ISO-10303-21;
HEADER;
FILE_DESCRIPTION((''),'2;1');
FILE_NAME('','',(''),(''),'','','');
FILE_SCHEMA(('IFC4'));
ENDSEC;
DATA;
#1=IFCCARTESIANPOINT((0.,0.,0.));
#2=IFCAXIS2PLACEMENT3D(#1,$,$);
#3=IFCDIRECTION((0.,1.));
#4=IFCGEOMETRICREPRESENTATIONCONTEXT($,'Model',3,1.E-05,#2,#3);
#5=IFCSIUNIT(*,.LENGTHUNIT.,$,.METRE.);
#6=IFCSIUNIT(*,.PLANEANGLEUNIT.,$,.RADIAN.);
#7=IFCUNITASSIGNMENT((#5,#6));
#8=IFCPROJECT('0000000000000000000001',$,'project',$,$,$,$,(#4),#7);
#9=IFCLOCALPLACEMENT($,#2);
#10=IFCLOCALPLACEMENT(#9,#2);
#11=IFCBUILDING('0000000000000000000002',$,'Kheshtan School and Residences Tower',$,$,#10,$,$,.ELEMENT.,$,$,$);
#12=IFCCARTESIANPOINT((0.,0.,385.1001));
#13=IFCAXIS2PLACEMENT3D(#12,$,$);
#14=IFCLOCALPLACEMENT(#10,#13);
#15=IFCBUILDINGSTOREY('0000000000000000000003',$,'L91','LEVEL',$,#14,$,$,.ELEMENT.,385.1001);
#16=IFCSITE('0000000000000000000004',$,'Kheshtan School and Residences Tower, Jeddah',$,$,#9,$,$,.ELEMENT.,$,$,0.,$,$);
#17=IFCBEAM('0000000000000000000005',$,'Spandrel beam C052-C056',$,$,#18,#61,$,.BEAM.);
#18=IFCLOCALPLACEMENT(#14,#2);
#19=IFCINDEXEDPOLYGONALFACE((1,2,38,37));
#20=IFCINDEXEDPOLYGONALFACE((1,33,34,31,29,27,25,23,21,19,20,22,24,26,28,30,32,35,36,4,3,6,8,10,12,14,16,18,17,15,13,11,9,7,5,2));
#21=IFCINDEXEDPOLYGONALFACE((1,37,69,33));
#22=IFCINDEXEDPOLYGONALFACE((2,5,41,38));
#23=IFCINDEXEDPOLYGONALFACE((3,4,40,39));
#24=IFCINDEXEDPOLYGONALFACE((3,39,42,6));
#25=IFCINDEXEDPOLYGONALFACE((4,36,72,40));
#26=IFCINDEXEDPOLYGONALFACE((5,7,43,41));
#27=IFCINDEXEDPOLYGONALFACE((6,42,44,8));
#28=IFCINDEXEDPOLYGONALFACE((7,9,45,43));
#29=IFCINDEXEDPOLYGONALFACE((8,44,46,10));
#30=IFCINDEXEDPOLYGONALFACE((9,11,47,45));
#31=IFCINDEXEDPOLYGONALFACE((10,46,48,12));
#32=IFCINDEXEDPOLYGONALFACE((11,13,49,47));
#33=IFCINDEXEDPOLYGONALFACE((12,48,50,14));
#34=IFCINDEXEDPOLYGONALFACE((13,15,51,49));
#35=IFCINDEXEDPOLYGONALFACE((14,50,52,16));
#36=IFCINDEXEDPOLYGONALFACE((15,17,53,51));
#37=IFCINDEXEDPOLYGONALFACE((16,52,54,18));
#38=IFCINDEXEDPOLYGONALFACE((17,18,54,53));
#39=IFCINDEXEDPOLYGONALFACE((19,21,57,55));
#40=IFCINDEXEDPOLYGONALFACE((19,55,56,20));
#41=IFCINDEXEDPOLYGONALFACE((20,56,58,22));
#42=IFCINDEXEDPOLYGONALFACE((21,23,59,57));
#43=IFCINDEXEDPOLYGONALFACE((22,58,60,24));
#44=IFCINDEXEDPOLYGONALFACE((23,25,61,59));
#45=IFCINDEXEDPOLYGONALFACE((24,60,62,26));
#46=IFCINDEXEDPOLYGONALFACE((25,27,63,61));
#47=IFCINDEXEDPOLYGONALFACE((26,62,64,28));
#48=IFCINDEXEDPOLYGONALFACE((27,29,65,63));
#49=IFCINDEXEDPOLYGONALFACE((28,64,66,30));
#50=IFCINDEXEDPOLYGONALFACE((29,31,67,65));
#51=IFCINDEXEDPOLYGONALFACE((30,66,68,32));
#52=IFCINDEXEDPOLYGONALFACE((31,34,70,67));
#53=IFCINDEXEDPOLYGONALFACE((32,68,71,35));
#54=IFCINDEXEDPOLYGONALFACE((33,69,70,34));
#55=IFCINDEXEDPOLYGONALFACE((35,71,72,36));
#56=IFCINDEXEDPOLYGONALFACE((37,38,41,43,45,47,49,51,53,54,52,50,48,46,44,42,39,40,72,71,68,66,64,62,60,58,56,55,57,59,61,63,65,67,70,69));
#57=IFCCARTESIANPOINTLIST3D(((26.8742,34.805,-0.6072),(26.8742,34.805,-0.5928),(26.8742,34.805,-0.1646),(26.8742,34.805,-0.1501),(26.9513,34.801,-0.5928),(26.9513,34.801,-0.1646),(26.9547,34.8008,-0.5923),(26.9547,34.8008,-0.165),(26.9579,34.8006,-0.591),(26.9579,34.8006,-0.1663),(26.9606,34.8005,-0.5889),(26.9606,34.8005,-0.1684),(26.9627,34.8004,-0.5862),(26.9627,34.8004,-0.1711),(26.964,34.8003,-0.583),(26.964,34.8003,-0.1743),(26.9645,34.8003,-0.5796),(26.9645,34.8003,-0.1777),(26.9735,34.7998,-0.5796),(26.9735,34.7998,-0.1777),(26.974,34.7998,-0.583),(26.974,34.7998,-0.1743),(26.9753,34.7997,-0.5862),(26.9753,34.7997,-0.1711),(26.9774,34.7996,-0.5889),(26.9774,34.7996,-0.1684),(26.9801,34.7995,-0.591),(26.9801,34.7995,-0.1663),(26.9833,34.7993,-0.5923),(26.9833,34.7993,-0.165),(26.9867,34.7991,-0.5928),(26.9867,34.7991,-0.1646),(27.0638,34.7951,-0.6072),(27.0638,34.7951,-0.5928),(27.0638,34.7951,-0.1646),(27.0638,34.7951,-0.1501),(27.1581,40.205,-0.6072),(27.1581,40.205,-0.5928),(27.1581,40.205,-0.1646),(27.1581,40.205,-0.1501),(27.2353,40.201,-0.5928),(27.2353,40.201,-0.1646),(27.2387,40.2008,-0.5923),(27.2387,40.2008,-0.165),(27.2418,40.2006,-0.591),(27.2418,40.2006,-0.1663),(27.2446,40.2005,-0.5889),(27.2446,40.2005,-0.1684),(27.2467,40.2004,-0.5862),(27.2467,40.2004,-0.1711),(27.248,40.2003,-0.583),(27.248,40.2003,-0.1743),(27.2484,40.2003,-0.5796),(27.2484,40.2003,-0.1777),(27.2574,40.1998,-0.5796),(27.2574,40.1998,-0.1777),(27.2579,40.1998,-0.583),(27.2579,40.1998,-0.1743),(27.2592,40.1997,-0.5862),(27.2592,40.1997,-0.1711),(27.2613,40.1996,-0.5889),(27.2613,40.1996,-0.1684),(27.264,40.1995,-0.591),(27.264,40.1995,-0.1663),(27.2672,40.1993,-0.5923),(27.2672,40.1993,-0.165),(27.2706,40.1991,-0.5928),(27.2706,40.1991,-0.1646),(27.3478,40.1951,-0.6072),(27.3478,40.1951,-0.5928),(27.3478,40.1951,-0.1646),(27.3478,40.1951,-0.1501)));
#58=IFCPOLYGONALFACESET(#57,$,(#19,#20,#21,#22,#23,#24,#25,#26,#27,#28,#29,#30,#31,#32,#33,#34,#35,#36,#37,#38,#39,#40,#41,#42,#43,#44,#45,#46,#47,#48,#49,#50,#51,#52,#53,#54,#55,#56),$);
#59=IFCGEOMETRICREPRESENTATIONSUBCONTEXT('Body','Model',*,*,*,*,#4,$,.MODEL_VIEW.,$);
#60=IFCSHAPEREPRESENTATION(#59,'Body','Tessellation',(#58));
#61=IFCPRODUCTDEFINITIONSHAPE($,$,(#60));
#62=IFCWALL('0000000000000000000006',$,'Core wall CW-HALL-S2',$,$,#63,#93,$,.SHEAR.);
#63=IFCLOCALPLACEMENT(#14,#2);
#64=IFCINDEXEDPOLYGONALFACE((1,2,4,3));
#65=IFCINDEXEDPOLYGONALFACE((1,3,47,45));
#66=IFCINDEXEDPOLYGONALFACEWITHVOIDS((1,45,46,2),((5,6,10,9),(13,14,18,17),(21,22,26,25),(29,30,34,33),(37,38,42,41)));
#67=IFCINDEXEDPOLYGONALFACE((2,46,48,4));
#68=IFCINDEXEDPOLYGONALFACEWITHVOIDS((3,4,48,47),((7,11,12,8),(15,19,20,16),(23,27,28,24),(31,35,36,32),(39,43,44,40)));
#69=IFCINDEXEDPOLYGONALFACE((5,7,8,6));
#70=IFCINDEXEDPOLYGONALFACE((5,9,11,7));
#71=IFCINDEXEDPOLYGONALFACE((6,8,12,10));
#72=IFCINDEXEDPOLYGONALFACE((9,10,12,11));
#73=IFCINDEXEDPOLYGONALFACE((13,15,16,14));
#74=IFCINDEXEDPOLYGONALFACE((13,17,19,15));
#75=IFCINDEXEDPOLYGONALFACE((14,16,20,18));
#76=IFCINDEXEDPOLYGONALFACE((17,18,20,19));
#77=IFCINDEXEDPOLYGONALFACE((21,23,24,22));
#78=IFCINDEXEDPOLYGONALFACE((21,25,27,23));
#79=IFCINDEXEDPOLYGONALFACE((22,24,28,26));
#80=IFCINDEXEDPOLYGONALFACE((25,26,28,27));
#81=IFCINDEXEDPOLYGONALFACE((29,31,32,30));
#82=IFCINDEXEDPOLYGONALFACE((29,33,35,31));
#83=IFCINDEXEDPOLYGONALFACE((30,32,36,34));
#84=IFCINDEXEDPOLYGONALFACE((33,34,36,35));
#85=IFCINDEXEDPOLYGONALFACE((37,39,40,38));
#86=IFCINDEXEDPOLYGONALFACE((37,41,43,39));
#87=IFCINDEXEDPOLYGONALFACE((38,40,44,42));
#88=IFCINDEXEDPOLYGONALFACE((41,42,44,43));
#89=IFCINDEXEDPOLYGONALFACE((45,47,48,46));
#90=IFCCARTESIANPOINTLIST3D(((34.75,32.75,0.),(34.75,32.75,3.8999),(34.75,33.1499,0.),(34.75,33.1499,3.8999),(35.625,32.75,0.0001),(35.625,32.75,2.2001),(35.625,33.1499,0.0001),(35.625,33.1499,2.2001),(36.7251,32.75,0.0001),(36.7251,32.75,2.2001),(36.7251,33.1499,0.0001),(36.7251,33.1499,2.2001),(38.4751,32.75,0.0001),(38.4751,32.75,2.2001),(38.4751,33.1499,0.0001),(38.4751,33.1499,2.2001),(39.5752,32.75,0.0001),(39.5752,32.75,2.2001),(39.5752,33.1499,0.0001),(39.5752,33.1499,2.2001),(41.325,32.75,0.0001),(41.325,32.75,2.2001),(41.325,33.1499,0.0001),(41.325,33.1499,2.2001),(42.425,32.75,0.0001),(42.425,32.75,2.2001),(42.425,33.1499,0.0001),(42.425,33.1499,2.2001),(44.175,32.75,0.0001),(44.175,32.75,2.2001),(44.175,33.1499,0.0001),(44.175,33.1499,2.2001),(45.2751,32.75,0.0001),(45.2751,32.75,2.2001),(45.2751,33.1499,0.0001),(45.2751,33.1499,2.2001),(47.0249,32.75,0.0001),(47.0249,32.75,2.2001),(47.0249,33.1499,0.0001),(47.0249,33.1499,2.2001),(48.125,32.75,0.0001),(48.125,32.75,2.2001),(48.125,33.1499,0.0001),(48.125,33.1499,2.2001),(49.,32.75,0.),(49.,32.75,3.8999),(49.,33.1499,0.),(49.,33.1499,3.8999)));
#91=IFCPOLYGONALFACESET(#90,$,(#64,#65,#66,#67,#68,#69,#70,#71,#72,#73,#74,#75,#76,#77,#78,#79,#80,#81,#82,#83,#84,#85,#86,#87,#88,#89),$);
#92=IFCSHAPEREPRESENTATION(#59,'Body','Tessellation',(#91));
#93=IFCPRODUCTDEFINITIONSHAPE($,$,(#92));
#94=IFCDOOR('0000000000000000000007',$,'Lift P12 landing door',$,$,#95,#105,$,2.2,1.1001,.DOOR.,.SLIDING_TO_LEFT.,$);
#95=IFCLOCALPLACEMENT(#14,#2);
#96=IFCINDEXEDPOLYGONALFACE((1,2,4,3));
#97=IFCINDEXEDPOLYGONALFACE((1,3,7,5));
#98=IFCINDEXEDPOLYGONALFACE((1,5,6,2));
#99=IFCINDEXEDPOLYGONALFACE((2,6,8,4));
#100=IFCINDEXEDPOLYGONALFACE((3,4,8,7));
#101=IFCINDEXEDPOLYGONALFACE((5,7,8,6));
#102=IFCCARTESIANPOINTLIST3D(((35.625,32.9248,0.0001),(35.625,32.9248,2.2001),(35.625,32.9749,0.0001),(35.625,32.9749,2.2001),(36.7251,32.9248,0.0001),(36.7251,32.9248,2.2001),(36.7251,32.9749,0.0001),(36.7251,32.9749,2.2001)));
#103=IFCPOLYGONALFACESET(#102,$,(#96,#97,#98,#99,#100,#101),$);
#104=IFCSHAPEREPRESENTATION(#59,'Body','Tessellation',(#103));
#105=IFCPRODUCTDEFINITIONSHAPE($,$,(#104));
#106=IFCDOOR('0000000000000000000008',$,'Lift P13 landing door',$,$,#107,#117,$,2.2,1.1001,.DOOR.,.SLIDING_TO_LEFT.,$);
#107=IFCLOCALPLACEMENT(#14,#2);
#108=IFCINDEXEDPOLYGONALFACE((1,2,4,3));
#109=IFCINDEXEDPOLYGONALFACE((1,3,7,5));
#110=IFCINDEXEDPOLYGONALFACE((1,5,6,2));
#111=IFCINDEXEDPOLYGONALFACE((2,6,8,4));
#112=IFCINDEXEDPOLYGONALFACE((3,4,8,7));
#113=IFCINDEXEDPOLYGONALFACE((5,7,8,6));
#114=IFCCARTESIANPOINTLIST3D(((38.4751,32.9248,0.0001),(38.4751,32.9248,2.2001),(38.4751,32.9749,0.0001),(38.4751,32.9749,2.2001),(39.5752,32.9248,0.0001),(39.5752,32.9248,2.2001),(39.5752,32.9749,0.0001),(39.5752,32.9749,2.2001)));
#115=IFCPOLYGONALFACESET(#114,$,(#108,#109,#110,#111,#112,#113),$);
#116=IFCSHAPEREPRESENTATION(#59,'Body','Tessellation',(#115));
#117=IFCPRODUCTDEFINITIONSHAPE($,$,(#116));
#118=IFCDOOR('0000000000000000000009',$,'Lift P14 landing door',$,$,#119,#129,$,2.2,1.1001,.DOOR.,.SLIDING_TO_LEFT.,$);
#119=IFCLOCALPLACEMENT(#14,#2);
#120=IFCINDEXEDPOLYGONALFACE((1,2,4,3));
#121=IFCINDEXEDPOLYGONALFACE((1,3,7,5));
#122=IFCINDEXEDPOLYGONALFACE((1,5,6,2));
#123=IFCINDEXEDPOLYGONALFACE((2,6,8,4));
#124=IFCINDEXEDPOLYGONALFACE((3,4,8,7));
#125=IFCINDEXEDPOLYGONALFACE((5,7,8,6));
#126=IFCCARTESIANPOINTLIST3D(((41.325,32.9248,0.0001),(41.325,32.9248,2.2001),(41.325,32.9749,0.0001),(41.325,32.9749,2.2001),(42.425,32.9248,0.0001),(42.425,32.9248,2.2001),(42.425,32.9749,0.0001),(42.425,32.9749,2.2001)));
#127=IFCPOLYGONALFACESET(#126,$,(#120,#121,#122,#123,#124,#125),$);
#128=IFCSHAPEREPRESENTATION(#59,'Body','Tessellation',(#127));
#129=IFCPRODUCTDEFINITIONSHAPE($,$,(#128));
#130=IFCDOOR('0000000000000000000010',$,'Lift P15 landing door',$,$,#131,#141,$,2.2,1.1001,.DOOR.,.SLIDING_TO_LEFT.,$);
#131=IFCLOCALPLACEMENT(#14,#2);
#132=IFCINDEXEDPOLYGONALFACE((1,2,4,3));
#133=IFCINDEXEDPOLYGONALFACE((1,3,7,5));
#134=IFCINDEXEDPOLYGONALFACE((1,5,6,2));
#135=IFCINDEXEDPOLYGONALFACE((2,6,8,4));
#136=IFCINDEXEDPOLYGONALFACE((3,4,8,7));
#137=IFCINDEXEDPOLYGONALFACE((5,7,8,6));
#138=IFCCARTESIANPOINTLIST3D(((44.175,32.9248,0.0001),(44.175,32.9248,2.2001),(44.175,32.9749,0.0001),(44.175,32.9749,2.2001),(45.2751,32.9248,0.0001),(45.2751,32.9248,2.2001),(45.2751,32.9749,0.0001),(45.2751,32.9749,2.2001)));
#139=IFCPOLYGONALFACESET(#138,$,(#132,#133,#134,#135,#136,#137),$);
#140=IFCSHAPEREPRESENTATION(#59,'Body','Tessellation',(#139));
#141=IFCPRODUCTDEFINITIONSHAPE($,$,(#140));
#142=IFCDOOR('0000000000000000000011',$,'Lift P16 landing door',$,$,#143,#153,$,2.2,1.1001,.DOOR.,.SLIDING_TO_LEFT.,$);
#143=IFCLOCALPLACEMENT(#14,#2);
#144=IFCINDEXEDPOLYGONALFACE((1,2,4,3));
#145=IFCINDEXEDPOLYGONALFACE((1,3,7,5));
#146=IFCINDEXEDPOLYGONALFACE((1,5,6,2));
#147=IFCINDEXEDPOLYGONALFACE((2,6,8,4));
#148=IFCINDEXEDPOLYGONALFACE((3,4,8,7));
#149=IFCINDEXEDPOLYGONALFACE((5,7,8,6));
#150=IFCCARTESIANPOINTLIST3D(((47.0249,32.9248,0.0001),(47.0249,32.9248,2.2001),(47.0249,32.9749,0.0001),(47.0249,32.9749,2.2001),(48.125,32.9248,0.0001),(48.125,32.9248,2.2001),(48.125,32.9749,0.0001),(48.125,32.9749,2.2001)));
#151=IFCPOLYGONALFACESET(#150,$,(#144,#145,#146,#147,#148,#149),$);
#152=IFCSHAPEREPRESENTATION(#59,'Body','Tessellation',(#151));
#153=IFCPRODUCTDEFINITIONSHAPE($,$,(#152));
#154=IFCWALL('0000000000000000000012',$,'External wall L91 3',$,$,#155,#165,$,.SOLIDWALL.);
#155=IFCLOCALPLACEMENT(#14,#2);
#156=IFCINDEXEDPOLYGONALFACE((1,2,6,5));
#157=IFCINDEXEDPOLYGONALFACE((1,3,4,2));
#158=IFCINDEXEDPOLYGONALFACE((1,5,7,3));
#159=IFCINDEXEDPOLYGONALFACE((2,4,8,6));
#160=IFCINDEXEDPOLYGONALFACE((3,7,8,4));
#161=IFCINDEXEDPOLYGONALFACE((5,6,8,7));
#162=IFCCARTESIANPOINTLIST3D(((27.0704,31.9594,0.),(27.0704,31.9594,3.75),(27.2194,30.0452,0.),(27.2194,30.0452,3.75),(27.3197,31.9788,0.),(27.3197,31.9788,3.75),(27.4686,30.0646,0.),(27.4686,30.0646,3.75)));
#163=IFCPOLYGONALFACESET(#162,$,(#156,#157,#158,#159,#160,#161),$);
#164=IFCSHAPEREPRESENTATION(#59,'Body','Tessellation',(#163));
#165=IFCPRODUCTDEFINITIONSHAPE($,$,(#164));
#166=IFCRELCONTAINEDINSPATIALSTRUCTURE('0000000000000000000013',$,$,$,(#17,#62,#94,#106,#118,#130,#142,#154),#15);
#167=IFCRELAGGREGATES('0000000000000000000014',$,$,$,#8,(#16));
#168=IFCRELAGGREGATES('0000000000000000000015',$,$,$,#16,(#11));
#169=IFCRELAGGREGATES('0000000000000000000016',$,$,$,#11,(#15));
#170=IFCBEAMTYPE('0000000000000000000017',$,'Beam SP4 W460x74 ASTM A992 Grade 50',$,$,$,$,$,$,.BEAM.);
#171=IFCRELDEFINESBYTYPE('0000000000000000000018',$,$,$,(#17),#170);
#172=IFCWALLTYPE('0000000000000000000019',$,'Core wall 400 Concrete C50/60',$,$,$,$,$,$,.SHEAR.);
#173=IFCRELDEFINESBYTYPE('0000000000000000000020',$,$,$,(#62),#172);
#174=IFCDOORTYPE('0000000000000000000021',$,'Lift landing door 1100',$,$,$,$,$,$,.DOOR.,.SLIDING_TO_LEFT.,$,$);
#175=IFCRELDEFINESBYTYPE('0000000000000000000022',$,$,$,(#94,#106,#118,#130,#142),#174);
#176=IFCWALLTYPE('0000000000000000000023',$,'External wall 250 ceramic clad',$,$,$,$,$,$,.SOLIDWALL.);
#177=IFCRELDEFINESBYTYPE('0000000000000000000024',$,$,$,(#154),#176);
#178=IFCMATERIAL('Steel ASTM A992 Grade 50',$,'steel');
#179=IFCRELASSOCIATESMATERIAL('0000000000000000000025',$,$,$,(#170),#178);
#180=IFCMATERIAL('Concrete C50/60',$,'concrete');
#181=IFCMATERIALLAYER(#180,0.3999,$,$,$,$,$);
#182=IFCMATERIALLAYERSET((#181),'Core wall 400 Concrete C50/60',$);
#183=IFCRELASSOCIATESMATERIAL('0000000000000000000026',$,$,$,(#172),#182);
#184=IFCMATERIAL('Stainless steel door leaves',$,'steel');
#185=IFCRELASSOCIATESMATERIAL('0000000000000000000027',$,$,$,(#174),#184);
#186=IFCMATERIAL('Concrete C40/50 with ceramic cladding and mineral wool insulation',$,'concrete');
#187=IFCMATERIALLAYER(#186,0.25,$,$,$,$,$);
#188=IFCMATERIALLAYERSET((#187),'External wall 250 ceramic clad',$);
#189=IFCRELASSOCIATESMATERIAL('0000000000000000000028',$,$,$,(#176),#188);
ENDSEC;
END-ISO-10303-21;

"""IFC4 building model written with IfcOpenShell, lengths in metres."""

from ifc_helpers import new_model, si_unit, direction, frame, frame_2d, origin, origin_2d, place, context, subcontext, project, spatial, rectangle, i_section, extrude, source, transform, mapped, material, layer, layer_set, material_profile, profile_set, type_object, element, fill, save


model = new_model("IFC4")

# Units and contexts
model_context = context("Model", 3, precision=1e-05, world=origin(), true_north=direction((0.0, 1.0)))
body_context = subcontext(model_context, "Body", "Model", "MODEL_VIEW")
ifc_project = project(units=[si_unit("LENGTHUNIT", "METRE"), si_unit("PLANEANGLEUNIT", "RADIAN")], contexts=[model_context])

# Site, building, storey
site_placement = place(None, origin())
site = spatial("IfcSite", under=ifc_project, at=site_placement, Name="Kheshtan School and Residences Tower, Jeddah", CompositionType="ELEMENT", RefElevation=0.0)
building_placement = place(site_placement, origin())
building = spatial("IfcBuilding", under=site, at=building_placement, Name="Kheshtan School and Residences Tower", CompositionType="ELEMENT")
storey_placement = place(building_placement, frame((0.0, 0.0, 385.1001)))
storey = spatial("IfcBuildingStorey", under=building, at=storey_placement, Name="L91", Description="LEVEL", CompositionType="ELEMENT", Elevation=385.1001)

# Shared definitions
ifc_material_1 = material(Name="Steel ASTM A992 Grade 50", Category="steel")

# Beam
ifc_material_profile_1 = material_profile(ifc_material_1, i_section(OverallWidth=0.1899, OverallDepth=0.457, WebThickness=0.009, FlangeThickness=0.0144, FilletRadius=0.0132, at=origin_2d()), Name="W460x74")
ifc_profile_set_1 = profile_set([ifc_material_profile_1], Name="Steel ASTM A992 Grade 50")
beam_type_1 = type_object("IfcBeamType", Name="Beam SP4 W460x74 ASTM A992 Grade 50", PredefinedType="BEAM", material=ifc_profile_set_1)
beam_1_placement = place(storey_placement, frame((26.969, 34.8, -0.3787), z_axis=(0.052509, 0.99862, 0.0), x_axis=(-0.99862, 0.052509, 0.0)))
element("IfcBeam", 1, at=beam_1_placement, inside=storey, type_object=beam_type_1, Name="Spandrel beam C052-C056", PredefinedType="BEAM", context=body_context, shape_type="SweptSolid", body=[
    extrude(i_section(OverallWidth=0.1899, OverallDepth=0.457, WebThickness=0.009, FlangeThickness=0.0144, FilletRadius=0.0132, at=origin_2d()), origin(), (0.0, 0.0, 1.0), 5.4075),
])

# Wall, openings, doors
ifc_material_2 = material(Name="Concrete C50/60", Category="concrete")
ifc_layer_1 = layer(ifc_material_2, 0.3999)
ifc_layer_set_1 = layer_set([ifc_layer_1], Name="Core wall 400 Concrete C50/60")
wall_type_1 = type_object("IfcWallType", Name="Core wall 400 Concrete C50/60", PredefinedType="SHEAR", material=ifc_layer_set_1)
wall_1_placement = place(storey_placement, frame((34.75, 32.95, 0.0), z_axis=(0.0, 0.0, 1.0), x_axis=(1.0, 0.0, 0.0)))
wall_1 = element("IfcWall", 2, at=wall_1_placement, inside=storey, type_object=wall_type_1, Name="Core wall CW-HALL-S2", PredefinedType="SHEAR", context=body_context, shape_type="SweptSolid", body=[
    extrude(rectangle(XDim=14.25, YDim=0.3999, at=frame_2d((7.125, 0.0))), origin(), (0.0, 0.0, 1.0), 3.8999),
])
opening_1_placement = place(wall_1_placement, frame((0.875, 0.0, 0.0)))
opening_1 = element("IfcOpeningElement", 3, at=opening_1_placement, cuts=wall_1, PredefinedType="OPENING", context=body_context, shape_type="SweptSolid", body=[
    extrude(rectangle(XDim=1.1001, YDim=2.2, at=frame_2d((0.55, 1.1001))), frame((0.0, 0.21, 0.0), z_axis=(0.0, -1.0, 0.0), x_axis=(1.0, 0.0, 0.0)), (0.0, 0.0, 1.0), 0.4199),
])
opening_2_placement = place(wall_1_placement, frame((3.7251, 0.0, 0.0)))
opening_2 = element("IfcOpeningElement", 4, at=opening_2_placement, cuts=wall_1, PredefinedType="OPENING", context=body_context, shape_type="SweptSolid", body=[
    extrude(rectangle(XDim=1.1001, YDim=2.2, at=frame_2d((0.55, 1.1001))), frame((0.0, 0.21, 0.0), z_axis=(0.0, -1.0, 0.0), x_axis=(1.0, 0.0, 0.0)), (0.0, 0.0, 1.0), 0.4199),
])
opening_3_placement = place(wall_1_placement, frame((6.575, 0.0, 0.0)))
opening_3 = element("IfcOpeningElement", 5, at=opening_3_placement, cuts=wall_1, PredefinedType="OPENING", context=body_context, shape_type="SweptSolid", body=[
    extrude(rectangle(XDim=1.1001, YDim=2.2, at=frame_2d((0.55, 1.1001))), frame((0.0, 0.21, 0.0), z_axis=(0.0, -1.0, 0.0), x_axis=(1.0, 0.0, 0.0)), (0.0, 0.0, 1.0), 0.4199),
])
opening_4_placement = place(wall_1_placement, frame((9.425, 0.0, 0.0)))
opening_4 = element("IfcOpeningElement", 6, at=opening_4_placement, cuts=wall_1, PredefinedType="OPENING", context=body_context, shape_type="SweptSolid", body=[
    extrude(rectangle(XDim=1.1001, YDim=2.2, at=frame_2d((0.55, 1.1001))), frame((0.0, 0.21, 0.0), z_axis=(0.0, -1.0, 0.0), x_axis=(1.0, 0.0, 0.0)), (0.0, 0.0, 1.0), 0.4199),
])
opening_5_placement = place(wall_1_placement, frame((12.2749, 0.0, 0.0)))
opening_5 = element("IfcOpeningElement", 7, at=opening_5_placement, cuts=wall_1, PredefinedType="OPENING", context=body_context, shape_type="SweptSolid", body=[
    extrude(rectangle(XDim=1.1001, YDim=2.2, at=frame_2d((0.55, 1.1001))), frame((0.0, 0.21, 0.0), z_axis=(0.0, -1.0, 0.0), x_axis=(1.0, 0.0, 0.0)), (0.0, 0.0, 1.0), 0.4199),
])
ifc_material_3 = material(Name="Stainless steel door leaves", Category="steel")
door_type = type_object("IfcDoorType", Name="Lift landing door 1100", OperationType="SLIDING_TO_LEFT", PredefinedType="DOOR", material=ifc_material_3)
shared_shape = source(origin(), body_context, "Body", "SweptSolid", [
    extrude(rectangle(XDim=1.1001, YDim=2.2, at=frame_2d((0.55, 1.1001))), frame((0.0, 0.0249, 0.0), z_axis=(0.0, -1.0, 0.0), x_axis=(1.0, 0.0, 0.0)), (0.0, 0.0, 1.0), 0.05),
])
door_1_placement = place(opening_1_placement, origin())
door_1 = element("IfcDoor", 8, at=door_1_placement, inside=storey, type_object=door_type, Name="Lift P12 landing door", OperationType="SLIDING_TO_LEFT", OverallHeight=2.2, OverallWidth=1.1001, PredefinedType="DOOR", context=body_context, shape_type="MappedRepresentation", body=[
    mapped(shared_shape, transform((0.0, 0.0, 0.0), x_axis=(1.0, 0.0, 0.0), y_axis=(0.0, 1.0, 0.0), z_axis=(0.0, 0.0, 1.0), scale=1.0)),
])
fill(opening_1, door_1)
door_2_placement = place(opening_2_placement, origin())
door_2 = element("IfcDoor", 9, at=door_2_placement, inside=storey, type_object=door_type, Name="Lift P13 landing door", OperationType="SLIDING_TO_LEFT", OverallHeight=2.2, OverallWidth=1.1001, PredefinedType="DOOR", context=body_context, shape_type="MappedRepresentation", body=[
    mapped(shared_shape, transform((0.0, 0.0, 0.0), x_axis=(1.0, 0.0, 0.0), y_axis=(0.0, 1.0, 0.0), z_axis=(0.0, 0.0, 1.0), scale=1.0)),
])
fill(opening_2, door_2)
door_3_placement = place(opening_3_placement, origin())
door_3 = element("IfcDoor", 10, at=door_3_placement, inside=storey, type_object=door_type, Name="Lift P14 landing door", OperationType="SLIDING_TO_LEFT", OverallHeight=2.2, OverallWidth=1.1001, PredefinedType="DOOR", context=body_context, shape_type="MappedRepresentation", body=[
    mapped(shared_shape, transform((0.0, 0.0, 0.0), x_axis=(1.0, 0.0, 0.0), y_axis=(0.0, 1.0, 0.0), z_axis=(0.0, 0.0, 1.0), scale=1.0)),
])
fill(opening_3, door_3)
door_4_placement = place(opening_4_placement, origin())
door_4 = element("IfcDoor", 11, at=door_4_placement, inside=storey, type_object=door_type, Name="Lift P15 landing door", OperationType="SLIDING_TO_LEFT", OverallHeight=2.2, OverallWidth=1.1001, PredefinedType="DOOR", context=body_context, shape_type="MappedRepresentation", body=[
    mapped(shared_shape, transform((0.0, 0.0, 0.0), x_axis=(1.0, 0.0, 0.0), y_axis=(0.0, 1.0, 0.0), z_axis=(0.0, 0.0, 1.0), scale=1.0)),
])
fill(opening_4, door_4)
door_5_placement = place(opening_5_placement, origin())
door_5 = element("IfcDoor", 12, at=door_5_placement, inside=storey, type_object=door_type, Name="Lift P16 landing door", OperationType="SLIDING_TO_LEFT", OverallHeight=2.2, OverallWidth=1.1001, PredefinedType="DOOR", context=body_context, shape_type="MappedRepresentation", body=[
    mapped(shared_shape, transform((0.0, 0.0, 0.0), x_axis=(1.0, 0.0, 0.0), y_axis=(0.0, 1.0, 0.0), z_axis=(0.0, 0.0, 1.0), scale=1.0)),
])
fill(opening_5, door_5)

# Wall
ifc_material_4 = material(Name="Concrete C40/50 with ceramic cladding and mineral wool insulation", Category="concrete")
ifc_layer_2 = layer(ifc_material_4, 0.25)
ifc_layer_set_2 = layer_set([ifc_layer_2], Name="External wall 250 ceramic clad")
wall_type_2 = type_object("IfcWallType", Name="External wall 250 ceramic clad", PredefinedType="SOLIDWALL", material=ifc_layer_set_2)
wall_2_placement = place(storey_placement, frame((27.344, 30.0549, 0.0), z_axis=(0.0, 0.0, 1.0), x_axis=(-0.077572, 0.996987, 0.0)))
element("IfcWall", 13, at=wall_2_placement, inside=storey, type_object=wall_type_2, Name="External wall L91 3", PredefinedType="SOLIDWALL", context=body_context, shape_type="SweptSolid", body=[
    extrude(rectangle(XDim=1.9199, YDim=0.25, at=frame_2d((0.96, 0.0))), origin(), (0.0, 0.0, 1.0), 3.75),
])

save(model, "model.ifc")
